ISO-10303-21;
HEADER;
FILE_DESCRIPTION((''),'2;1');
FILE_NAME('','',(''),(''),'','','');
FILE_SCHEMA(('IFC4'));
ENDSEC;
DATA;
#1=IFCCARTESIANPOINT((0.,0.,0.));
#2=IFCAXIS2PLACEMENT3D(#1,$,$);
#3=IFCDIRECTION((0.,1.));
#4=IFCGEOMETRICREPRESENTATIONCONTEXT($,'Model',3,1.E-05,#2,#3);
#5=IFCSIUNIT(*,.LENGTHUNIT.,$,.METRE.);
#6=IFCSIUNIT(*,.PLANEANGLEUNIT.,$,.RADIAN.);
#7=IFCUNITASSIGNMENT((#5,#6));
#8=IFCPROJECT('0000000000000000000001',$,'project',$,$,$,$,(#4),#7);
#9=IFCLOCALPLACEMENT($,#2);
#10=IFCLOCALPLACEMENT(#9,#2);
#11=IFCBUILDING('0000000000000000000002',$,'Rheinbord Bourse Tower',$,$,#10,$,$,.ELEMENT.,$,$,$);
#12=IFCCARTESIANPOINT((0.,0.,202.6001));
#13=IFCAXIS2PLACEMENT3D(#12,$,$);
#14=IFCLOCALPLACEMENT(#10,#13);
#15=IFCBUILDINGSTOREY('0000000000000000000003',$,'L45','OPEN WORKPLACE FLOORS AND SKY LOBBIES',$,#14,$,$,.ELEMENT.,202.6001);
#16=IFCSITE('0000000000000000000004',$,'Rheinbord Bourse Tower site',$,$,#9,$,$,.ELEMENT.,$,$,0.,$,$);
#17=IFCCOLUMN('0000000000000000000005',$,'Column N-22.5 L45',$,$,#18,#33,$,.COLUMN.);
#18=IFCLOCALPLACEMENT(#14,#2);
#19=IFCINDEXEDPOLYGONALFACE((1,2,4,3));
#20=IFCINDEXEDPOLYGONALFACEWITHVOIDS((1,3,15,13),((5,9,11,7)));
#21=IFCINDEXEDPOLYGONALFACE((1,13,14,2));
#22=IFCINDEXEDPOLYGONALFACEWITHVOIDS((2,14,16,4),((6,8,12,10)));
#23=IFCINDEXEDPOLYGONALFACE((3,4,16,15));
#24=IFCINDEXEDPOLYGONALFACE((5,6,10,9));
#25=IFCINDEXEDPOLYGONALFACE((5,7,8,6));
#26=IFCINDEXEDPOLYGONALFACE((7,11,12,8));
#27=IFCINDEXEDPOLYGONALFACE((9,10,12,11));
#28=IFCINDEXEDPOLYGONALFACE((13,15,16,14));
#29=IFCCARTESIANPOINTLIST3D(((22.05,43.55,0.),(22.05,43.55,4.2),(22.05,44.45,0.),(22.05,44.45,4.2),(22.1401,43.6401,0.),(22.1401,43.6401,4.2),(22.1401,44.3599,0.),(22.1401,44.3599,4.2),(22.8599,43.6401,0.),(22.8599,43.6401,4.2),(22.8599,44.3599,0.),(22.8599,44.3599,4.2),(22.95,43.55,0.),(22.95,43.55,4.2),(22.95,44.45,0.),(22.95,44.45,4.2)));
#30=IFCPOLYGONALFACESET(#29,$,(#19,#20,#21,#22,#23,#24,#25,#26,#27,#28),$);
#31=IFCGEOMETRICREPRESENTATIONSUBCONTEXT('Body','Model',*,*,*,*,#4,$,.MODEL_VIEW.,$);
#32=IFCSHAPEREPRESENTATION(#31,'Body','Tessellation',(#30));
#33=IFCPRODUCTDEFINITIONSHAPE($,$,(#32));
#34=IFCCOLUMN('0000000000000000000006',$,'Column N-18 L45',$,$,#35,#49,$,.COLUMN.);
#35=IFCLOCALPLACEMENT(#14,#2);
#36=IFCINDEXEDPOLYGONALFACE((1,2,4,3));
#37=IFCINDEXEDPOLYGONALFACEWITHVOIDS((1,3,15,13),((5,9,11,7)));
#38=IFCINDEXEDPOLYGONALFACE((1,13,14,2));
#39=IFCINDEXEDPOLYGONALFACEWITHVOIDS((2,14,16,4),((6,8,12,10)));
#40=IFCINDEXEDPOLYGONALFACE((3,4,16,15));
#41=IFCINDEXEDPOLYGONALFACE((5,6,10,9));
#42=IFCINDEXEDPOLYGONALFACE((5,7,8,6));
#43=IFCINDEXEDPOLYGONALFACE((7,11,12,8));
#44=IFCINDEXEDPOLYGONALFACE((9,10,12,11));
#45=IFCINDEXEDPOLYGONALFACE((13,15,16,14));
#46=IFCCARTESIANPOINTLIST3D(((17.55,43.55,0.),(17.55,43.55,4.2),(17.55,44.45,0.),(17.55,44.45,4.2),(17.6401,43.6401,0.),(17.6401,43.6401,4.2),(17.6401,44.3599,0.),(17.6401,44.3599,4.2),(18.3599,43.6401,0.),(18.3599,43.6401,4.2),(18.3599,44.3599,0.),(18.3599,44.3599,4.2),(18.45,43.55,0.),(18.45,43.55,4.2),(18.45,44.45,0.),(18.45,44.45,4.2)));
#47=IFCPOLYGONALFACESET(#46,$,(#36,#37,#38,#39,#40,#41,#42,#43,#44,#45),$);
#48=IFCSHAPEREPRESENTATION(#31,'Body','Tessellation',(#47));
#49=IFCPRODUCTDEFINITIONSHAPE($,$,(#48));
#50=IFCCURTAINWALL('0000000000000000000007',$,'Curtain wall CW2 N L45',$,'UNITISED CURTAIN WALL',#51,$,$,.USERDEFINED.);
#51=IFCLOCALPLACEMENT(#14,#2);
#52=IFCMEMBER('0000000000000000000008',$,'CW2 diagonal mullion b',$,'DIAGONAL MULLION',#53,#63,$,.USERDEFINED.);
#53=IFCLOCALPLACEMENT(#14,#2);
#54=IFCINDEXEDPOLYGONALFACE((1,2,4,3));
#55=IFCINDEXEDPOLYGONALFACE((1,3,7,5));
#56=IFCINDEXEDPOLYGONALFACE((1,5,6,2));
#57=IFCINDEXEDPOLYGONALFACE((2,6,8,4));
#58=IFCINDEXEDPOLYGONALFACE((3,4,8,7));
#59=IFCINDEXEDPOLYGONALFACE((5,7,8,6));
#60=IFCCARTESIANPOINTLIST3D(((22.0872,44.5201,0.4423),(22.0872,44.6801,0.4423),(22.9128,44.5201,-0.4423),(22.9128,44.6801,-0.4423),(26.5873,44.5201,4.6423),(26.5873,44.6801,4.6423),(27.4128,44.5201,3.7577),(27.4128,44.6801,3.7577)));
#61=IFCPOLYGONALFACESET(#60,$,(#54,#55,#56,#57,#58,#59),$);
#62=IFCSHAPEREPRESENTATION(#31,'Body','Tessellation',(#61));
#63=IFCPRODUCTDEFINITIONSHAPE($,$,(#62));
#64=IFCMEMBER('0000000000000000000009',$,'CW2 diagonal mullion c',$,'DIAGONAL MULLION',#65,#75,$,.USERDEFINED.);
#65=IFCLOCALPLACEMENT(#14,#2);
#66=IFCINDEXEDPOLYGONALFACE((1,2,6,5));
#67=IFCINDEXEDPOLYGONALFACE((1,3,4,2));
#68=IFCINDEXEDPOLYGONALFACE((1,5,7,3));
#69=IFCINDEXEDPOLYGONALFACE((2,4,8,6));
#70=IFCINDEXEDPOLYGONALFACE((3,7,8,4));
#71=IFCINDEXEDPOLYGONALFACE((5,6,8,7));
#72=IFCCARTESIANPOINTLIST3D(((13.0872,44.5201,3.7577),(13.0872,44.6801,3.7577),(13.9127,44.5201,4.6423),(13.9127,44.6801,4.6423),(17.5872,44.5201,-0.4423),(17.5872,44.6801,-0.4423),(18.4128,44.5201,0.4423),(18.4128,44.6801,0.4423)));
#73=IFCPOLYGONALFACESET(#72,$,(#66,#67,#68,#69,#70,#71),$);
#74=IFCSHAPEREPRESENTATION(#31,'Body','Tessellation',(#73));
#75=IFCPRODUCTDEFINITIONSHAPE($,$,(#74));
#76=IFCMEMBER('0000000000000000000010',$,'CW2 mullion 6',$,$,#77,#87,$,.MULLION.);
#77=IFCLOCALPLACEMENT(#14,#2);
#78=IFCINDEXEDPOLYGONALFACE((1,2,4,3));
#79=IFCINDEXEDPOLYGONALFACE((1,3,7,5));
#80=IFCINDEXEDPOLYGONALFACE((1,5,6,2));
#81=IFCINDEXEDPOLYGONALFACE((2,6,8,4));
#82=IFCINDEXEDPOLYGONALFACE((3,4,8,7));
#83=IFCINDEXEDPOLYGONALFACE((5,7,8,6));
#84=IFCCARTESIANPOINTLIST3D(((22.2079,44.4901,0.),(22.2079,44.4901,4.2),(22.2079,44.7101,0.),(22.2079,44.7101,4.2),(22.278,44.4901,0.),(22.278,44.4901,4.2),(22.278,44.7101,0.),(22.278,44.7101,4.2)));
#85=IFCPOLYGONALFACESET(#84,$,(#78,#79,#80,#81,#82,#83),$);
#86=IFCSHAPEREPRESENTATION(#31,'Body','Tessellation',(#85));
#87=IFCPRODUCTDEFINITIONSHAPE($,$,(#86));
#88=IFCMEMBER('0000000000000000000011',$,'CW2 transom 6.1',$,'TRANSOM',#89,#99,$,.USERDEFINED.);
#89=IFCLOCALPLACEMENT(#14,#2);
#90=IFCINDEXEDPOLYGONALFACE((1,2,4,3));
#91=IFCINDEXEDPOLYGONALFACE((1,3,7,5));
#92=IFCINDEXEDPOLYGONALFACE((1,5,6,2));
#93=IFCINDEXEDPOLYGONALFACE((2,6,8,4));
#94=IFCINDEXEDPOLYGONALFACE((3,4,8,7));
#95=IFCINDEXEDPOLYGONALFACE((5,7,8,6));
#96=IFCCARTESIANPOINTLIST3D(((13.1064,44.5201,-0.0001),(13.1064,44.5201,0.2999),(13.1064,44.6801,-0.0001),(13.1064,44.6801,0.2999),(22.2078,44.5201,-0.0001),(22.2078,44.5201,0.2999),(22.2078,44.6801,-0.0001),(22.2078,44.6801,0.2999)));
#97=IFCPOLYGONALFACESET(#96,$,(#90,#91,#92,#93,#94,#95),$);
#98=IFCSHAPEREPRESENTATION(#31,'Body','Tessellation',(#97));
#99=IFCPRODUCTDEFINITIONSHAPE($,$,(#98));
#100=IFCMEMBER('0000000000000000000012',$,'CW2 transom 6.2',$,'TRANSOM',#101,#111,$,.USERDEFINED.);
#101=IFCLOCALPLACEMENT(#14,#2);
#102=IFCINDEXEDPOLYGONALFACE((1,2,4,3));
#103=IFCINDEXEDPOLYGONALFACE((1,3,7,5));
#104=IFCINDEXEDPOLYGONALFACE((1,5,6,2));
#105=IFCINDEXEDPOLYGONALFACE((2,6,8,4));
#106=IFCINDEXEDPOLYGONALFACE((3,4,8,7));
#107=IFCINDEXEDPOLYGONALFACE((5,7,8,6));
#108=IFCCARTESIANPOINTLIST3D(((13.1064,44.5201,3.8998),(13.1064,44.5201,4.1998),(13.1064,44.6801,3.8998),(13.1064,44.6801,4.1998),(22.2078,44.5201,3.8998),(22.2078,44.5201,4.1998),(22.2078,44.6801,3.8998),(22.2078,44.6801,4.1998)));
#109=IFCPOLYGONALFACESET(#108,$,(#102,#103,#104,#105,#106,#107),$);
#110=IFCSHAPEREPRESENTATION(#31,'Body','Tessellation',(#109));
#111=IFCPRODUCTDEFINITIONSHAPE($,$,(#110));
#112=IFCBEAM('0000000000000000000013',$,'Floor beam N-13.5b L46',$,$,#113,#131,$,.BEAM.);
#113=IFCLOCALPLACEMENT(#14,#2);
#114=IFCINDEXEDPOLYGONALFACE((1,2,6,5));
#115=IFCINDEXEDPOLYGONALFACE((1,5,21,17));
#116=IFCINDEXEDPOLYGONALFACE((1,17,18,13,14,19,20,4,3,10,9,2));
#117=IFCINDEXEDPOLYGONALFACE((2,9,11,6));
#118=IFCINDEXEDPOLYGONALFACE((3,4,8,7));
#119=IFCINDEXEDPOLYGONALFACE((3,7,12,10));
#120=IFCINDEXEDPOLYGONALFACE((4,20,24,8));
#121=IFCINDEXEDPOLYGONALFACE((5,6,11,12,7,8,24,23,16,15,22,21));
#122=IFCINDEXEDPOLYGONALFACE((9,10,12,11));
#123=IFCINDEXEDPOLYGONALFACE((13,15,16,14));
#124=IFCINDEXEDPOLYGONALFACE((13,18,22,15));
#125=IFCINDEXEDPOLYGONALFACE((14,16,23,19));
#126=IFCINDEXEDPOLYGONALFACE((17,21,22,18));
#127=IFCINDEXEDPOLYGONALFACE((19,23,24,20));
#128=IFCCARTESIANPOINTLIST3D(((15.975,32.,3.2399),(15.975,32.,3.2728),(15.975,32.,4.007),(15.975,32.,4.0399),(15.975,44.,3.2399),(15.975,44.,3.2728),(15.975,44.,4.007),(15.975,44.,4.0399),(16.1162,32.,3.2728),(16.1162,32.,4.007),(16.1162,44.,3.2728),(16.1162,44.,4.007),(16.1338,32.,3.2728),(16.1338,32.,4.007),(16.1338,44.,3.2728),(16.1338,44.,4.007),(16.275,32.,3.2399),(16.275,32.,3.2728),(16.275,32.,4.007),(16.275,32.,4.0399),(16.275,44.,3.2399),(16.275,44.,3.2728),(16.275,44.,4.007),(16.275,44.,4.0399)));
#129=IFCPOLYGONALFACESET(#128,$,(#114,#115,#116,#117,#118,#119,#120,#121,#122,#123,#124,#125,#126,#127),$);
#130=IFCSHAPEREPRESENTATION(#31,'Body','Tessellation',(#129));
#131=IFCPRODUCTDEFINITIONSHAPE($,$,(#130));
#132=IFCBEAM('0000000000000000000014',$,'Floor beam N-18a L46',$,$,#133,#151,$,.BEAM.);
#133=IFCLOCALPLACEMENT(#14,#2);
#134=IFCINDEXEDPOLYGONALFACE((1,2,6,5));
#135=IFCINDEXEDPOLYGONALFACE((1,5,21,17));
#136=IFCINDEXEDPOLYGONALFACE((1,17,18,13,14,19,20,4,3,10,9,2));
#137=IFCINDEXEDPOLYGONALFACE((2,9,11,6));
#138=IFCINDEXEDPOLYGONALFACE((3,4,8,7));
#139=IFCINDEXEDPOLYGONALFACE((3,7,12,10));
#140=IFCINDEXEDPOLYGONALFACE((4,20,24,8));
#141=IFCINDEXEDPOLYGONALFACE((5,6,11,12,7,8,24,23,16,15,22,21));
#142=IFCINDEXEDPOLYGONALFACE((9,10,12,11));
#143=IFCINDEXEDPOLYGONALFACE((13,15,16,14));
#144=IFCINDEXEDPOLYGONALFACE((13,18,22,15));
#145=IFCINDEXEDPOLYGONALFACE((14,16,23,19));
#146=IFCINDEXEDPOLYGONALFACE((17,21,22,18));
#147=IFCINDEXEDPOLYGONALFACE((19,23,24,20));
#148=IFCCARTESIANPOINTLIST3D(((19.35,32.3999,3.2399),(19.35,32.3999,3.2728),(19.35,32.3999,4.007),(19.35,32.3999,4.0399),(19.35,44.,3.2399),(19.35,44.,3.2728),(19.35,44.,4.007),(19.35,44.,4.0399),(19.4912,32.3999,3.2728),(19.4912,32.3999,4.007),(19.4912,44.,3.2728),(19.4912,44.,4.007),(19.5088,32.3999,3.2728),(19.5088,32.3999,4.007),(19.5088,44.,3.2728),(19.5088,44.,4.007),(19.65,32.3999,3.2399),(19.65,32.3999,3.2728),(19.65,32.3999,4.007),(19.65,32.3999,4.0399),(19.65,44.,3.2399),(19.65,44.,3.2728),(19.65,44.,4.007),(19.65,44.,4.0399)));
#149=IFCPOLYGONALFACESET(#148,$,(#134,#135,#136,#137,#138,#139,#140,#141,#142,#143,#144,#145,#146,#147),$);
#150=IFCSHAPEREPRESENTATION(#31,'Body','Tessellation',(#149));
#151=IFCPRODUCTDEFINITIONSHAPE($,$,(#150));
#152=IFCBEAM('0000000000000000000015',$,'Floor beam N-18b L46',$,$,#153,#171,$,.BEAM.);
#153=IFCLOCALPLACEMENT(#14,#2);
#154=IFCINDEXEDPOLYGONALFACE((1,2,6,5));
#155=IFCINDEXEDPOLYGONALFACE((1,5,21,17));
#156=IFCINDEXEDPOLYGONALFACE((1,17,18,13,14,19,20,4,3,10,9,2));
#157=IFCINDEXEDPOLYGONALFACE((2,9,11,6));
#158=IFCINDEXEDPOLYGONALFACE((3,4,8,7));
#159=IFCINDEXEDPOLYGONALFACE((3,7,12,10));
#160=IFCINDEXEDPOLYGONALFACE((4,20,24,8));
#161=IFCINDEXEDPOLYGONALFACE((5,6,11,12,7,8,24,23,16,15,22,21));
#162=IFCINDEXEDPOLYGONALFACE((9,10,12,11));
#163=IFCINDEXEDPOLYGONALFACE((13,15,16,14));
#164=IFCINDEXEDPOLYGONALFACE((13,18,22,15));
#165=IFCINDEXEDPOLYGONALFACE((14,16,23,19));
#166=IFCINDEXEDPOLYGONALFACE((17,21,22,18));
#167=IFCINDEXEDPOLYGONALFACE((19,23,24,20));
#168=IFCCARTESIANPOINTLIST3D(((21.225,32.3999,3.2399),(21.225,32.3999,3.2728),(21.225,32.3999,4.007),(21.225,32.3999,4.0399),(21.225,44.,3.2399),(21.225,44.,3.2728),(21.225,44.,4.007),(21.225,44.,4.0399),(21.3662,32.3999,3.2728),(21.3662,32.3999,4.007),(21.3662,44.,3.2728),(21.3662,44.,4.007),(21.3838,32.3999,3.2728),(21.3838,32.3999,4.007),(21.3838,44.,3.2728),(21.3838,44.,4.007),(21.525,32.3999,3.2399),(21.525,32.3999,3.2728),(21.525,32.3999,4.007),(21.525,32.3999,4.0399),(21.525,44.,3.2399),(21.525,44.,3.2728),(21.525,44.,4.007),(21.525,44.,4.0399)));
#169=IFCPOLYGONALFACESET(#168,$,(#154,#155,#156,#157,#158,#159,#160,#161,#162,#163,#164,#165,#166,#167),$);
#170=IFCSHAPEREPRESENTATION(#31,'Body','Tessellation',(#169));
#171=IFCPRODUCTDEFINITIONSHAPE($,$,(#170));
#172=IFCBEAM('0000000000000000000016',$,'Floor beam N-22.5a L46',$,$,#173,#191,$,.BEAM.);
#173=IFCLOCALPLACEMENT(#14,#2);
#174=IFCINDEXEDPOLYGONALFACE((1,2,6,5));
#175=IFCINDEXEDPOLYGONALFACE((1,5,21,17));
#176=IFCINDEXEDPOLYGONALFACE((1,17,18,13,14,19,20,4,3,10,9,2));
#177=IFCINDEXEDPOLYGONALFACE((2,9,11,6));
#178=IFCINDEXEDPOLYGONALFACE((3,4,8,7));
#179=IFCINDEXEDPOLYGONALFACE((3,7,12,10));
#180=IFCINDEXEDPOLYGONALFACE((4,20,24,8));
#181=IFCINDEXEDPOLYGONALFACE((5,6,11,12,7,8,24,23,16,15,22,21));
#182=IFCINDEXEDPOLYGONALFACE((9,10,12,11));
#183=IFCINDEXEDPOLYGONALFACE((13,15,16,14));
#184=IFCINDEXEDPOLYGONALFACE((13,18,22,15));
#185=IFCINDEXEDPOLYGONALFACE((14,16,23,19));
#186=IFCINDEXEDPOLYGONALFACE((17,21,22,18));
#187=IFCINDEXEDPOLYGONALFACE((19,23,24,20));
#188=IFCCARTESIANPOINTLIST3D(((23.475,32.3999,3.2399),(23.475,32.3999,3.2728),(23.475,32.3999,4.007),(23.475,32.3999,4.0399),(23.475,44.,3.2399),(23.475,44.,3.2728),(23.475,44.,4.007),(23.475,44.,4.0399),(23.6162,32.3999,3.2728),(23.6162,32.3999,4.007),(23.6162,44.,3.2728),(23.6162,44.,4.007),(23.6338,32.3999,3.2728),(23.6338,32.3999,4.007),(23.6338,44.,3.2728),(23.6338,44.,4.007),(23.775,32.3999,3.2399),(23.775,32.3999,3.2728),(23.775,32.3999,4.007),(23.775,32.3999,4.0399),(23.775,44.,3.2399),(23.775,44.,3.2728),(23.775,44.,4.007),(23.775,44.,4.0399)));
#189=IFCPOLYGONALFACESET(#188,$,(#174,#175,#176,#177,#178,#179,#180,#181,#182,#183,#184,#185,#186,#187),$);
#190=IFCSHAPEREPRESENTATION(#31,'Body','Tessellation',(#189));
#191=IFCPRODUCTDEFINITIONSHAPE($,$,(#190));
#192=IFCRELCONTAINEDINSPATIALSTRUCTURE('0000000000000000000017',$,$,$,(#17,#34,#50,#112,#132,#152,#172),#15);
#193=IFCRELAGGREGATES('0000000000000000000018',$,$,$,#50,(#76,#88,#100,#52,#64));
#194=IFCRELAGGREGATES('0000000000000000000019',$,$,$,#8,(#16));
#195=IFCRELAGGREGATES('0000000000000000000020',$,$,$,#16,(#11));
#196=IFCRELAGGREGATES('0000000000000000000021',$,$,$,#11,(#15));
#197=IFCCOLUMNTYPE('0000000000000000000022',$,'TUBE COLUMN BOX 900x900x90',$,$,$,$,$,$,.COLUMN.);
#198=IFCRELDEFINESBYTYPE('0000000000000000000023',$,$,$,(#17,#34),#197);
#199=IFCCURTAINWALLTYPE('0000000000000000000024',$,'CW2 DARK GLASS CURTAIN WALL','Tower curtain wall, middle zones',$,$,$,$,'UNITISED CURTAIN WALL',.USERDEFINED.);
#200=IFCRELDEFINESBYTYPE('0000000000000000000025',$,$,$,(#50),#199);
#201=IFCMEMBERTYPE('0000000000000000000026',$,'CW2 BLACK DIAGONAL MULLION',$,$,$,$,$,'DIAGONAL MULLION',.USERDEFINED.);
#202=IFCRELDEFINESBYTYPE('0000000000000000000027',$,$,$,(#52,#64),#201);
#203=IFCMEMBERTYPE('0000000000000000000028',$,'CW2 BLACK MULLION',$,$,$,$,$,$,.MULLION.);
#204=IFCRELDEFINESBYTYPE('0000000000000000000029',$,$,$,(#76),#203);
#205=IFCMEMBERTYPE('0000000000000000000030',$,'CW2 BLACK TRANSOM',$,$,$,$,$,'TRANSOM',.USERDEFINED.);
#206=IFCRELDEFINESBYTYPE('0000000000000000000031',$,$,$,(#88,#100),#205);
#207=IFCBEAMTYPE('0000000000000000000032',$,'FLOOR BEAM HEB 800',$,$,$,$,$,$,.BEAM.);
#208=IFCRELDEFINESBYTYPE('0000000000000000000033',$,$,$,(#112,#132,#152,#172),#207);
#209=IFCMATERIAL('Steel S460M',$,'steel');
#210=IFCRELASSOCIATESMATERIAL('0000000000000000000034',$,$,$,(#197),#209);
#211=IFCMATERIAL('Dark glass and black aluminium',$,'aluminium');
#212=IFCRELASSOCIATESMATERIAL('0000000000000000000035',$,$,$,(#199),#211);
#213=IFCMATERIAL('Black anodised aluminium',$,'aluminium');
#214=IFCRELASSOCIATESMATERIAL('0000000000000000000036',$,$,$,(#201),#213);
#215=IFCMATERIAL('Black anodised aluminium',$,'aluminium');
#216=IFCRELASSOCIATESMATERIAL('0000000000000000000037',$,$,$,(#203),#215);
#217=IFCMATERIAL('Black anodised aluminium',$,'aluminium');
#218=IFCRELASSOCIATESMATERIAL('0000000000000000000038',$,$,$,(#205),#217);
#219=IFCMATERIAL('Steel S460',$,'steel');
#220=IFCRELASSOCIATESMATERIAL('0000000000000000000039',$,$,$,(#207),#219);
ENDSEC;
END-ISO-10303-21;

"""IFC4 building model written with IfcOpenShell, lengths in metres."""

from ifc_helpers import new_model, si_unit, direction, frame, origin, origin_2d, place, context, subcontext, project, spatial, rectangle, hollow_rectangle, i_section, extrude, material, material_profile, profile_set, type_object, element, aggregate, save


model = new_model("IFC4")

# Units and contexts
model_context = context("Model", 3, precision=1e-05, world=origin(), true_north=direction((0.0, 1.0)))
body_context = subcontext(model_context, "Body", "Model", "MODEL_VIEW")
ifc_project = project(units=[si_unit("LENGTHUNIT", "METRE"), si_unit("PLANEANGLEUNIT", "RADIAN")], contexts=[model_context])

# Site, building, storey
site_placement = place(None, origin())
site = spatial("IfcSite", under=ifc_project, at=site_placement, Name="Rheinbord Bourse Tower site", CompositionType="ELEMENT", RefElevation=0.0)
building_placement = place(site_placement, origin())
building = spatial("IfcBuilding", under=site, at=building_placement, Name="Rheinbord Bourse Tower", CompositionType="ELEMENT")
storey_placement = place(building_placement, frame((0.0, 0.0, 202.6001)))
storey = spatial("IfcBuildingStorey", under=building, at=storey_placement, Name="L45", Description="OPEN WORKPLACE FLOORS AND SKY LOBBIES", CompositionType="ELEMENT", Elevation=202.6001)

# Columns
ifc_material_1 = material(Name="Steel S460M", Category="steel")
ifc_material_profile_1 = material_profile(ifc_material_1, hollow_rectangle(XDim=0.8999, YDim=0.8999, WallThickness=0.0901, at=origin_2d()), Name="BOX 900x900x90")
ifc_profile_set_1 = profile_set([ifc_material_profile_1], Name="Steel S460M")
column_type = type_object("IfcColumnType", Name="TUBE COLUMN BOX 900x900x90", PredefinedType="COLUMN", material=ifc_profile_set_1)
for number, where, z_axis, x_axis, name in (
    (1, (22.5, 44.0, 0.0), (0.0, 0.0, 1.0), (0.0, 1.0, 0.0), "Column N-22.5 L45"),
    (2, (18.0, 44.0, 0.0), (0.0, 0.0, 1.0), (0.0, 1.0, 0.0), "Column N-18 L45"),
):
    element("IfcColumn", number, at=place(storey_placement, frame(where, z_axis=z_axis, x_axis=x_axis)), inside=storey, type_object=column_type, Name=name, PredefinedType="COLUMN", context=body_context, shape_type="SweptSolid", body=[
        extrude(hollow_rectangle(XDim=0.8999, YDim=0.8999, WallThickness=0.0901, at=origin_2d()), origin(), (0.0, 0.0, 1.0), 4.2),
    ])

# Curtain wall, members
ifc_material_2 = material(Name="Dark glass and black aluminium", Category="aluminium")
curtain_wall_type = type_object("IfcCurtainWallType", Name="CW2 DARK GLASS CURTAIN WALL", Description="Tower curtain wall, middle zones", ElementType="UNITISED CURTAIN WALL", PredefinedType="USERDEFINED", material=ifc_material_2)
curtain_wall_placement = place(storey_placement, origin())
curtain_wall = element("IfcCurtainWall", 3, at=curtain_wall_placement, inside=storey, type_object=curtain_wall_type, Name="Curtain wall CW2 N L45", ObjectType="UNITISED CURTAIN WALL", PredefinedType="USERDEFINED")
ifc_material_3 = material(Name="Black anodised aluminium", Category="aluminium")
ifc_material_profile_2 = material_profile(ifc_material_3, rectangle(XDim=0.1599, YDim=1.21, at=origin_2d()), Name="CW2 DIAGONAL MULLION 1210x160")
ifc_profile_set_2 = profile_set([ifc_material_profile_2], Name="Black anodised aluminium")
member_type_1 = type_object("IfcMemberType", Name="CW2 BLACK DIAGONAL MULLION", ElementType="DIAGONAL MULLION", PredefinedType="USERDEFINED", material=ifc_profile_set_2)
member_1_placement = place(storey_placement, frame((22.5, 44.6001, 0.0), z_axis=(0.731059, 0.0, 0.682314), x_axis=(0.0, 1.0, 0.0)))
member_1 = element("IfcMember", 4, at=member_1_placement, type_object=member_type_1, Name="CW2 diagonal mullion b", ObjectType="DIAGONAL MULLION", PredefinedType="USERDEFINED", context=body_context, shape_type="SweptSolid", body=[
    extrude(rectangle(XDim=0.1599, YDim=1.21, at=origin_2d()), origin(), (0.0, 0.0, 1.0), 6.1555),
])
member_2_placement = place(storey_placement, frame((18.0, 44.6001, 0.0), z_axis=(-0.731059, 0.0, 0.682314), x_axis=(0.0, -1.0, 0.0)))
member_2 = element("IfcMember", 5, at=member_2_placement, type_object=member_type_1, Name="CW2 diagonal mullion c", ObjectType="DIAGONAL MULLION", PredefinedType="USERDEFINED", context=body_context, shape_type="SweptSolid", body=[
    extrude(rectangle(XDim=0.1599, YDim=1.21, at=origin_2d()), origin(), (0.0, 0.0, 1.0), 6.1555),
])
ifc_material_4 = material(Name="Black anodised aluminium", Category="aluminium")
ifc_material_profile_3 = material_profile(ifc_material_4, rectangle(XDim=0.22, YDim=0.0701, at=origin_2d()), Name="CW2 MULLION 70x220")
ifc_profile_set_3 = profile_set([ifc_material_profile_3], Name="Black anodised aluminium")
member_type_2 = type_object("IfcMemberType", Name="CW2 BLACK MULLION", PredefinedType="MULLION", material=ifc_profile_set_3)
member_3_placement = place(storey_placement, frame((22.2429, 44.6001, 0.0), z_axis=(0.0, 0.0, 1.0), x_axis=(0.0, -1.0, 0.0)))
member_3 = element("IfcMember", 6, at=member_3_placement, type_object=member_type_2, Name="CW2 mullion 6", PredefinedType="MULLION", context=body_context, shape_type="SweptSolid", body=[
    extrude(rectangle(XDim=0.22, YDim=0.0701, at=origin_2d()), origin(), (0.0, 0.0, 1.0), 4.2),
])
ifc_material_5 = material(Name="Black anodised aluminium", Category="aluminium")
ifc_material_profile_4 = material_profile(ifc_material_5, rectangle(XDim=0.1599, YDim=0.3, at=origin_2d()), Name="CW2 TRANSOM 300x160")
ifc_profile_set_4 = profile_set([ifc_material_profile_4], Name="Black anodised aluminium")
member_type_3 = type_object("IfcMemberType", Name="CW2 BLACK TRANSOM", ElementType="TRANSOM", PredefinedType="USERDEFINED", material=ifc_profile_set_4)
member_4_placement = place(storey_placement, frame((22.2078, 44.6001, 0.1499), z_axis=(-1.0, 0.0, 0.0), x_axis=(0.0, -1.0, 0.0)))
member_4 = element("IfcMember", 7, at=member_4_placement, type_object=member_type_3, Name="CW2 transom 6.1", ObjectType="TRANSOM", PredefinedType="USERDEFINED", context=body_context, shape_type="SweptSolid", body=[
    extrude(rectangle(XDim=0.1599, YDim=0.3, at=origin_2d()), origin(), (0.0, 0.0, 1.0), 9.1013),
])
member_5_placement = place(storey_placement, frame((22.2078, 44.6001, 4.0498), z_axis=(-1.0, 0.0, 0.0), x_axis=(0.0, -1.0, 0.0)))
member_5 = element("IfcMember", 8, at=member_5_placement, type_object=member_type_3, Name="CW2 transom 6.2", ObjectType="TRANSOM", PredefinedType="USERDEFINED", context=body_context, shape_type="SweptSolid", body=[
    extrude(rectangle(XDim=0.1599, YDim=0.3, at=origin_2d()), origin(), (0.0, 0.0, 1.0), 9.1013),
])

# Beams
ifc_material_6 = material(Name="Steel S460", Category="steel")
ifc_material_profile_5 = material_profile(ifc_material_6, i_section(OverallWidth=0.3, OverallDepth=0.8, WebThickness=0.0176, FlangeThickness=0.033, at=origin_2d()), Name="HEB 800")
ifc_profile_set_5 = profile_set([ifc_material_profile_5], Name="Steel S460")
beam_type_1 = type_object("IfcBeamType", Name="FLOOR BEAM HEB 800", PredefinedType="BEAM", material=ifc_profile_set_5)
beam_placement = place(storey_placement, frame((16.125, 44.0, 3.6399), z_axis=(0.0, -1.0, 0.0), x_axis=(1.0, 0.0, 0.0)))
element("IfcBeam", 9, at=beam_placement, inside=storey, type_object=beam_type_1, Name="Floor beam N-13.5b L46", PredefinedType="BEAM", context=body_context, shape_type="SweptSolid", body=[
    extrude(i_section(OverallWidth=0.3, OverallDepth=0.8, WebThickness=0.0176, FlangeThickness=0.033, at=origin_2d()), origin(), (0.0, 0.0, 1.0), 12.0),
])
for number, where, z_axis, x_axis, name in (
    (10, (19.5, 44.0, 3.6399), (0.0, -1.0, 0.0), (1.0, 0.0, 0.0), "Floor beam N-18a L46"),
    (11, (21.375, 44.0, 3.6399), (0.0, -1.0, 0.0), (1.0, 0.0, 0.0), "Floor beam N-18b L46"),
    (12, (23.625, 44.0, 3.6399), (0.0, -1.0, 0.0), (1.0, 0.0, 0.0), "Floor beam N-22.5a L46"),
):
    element("IfcBeam", number, at=place(storey_placement, frame(where, z_axis=z_axis, x_axis=x_axis)), inside=storey, type_object=beam_type_1, Name=name, PredefinedType="BEAM", context=body_context, shape_type="SweptSolid", body=[
        extrude(i_section(OverallWidth=0.3, OverallDepth=0.8, WebThickness=0.0176, FlangeThickness=0.033, at=origin_2d()), origin(), (0.0, 0.0, 1.0), 11.6001),
    ])

aggregate(curtain_wall, [member_3, member_4, member_5, member_1, member_2])

save(model, "model.ifc")
